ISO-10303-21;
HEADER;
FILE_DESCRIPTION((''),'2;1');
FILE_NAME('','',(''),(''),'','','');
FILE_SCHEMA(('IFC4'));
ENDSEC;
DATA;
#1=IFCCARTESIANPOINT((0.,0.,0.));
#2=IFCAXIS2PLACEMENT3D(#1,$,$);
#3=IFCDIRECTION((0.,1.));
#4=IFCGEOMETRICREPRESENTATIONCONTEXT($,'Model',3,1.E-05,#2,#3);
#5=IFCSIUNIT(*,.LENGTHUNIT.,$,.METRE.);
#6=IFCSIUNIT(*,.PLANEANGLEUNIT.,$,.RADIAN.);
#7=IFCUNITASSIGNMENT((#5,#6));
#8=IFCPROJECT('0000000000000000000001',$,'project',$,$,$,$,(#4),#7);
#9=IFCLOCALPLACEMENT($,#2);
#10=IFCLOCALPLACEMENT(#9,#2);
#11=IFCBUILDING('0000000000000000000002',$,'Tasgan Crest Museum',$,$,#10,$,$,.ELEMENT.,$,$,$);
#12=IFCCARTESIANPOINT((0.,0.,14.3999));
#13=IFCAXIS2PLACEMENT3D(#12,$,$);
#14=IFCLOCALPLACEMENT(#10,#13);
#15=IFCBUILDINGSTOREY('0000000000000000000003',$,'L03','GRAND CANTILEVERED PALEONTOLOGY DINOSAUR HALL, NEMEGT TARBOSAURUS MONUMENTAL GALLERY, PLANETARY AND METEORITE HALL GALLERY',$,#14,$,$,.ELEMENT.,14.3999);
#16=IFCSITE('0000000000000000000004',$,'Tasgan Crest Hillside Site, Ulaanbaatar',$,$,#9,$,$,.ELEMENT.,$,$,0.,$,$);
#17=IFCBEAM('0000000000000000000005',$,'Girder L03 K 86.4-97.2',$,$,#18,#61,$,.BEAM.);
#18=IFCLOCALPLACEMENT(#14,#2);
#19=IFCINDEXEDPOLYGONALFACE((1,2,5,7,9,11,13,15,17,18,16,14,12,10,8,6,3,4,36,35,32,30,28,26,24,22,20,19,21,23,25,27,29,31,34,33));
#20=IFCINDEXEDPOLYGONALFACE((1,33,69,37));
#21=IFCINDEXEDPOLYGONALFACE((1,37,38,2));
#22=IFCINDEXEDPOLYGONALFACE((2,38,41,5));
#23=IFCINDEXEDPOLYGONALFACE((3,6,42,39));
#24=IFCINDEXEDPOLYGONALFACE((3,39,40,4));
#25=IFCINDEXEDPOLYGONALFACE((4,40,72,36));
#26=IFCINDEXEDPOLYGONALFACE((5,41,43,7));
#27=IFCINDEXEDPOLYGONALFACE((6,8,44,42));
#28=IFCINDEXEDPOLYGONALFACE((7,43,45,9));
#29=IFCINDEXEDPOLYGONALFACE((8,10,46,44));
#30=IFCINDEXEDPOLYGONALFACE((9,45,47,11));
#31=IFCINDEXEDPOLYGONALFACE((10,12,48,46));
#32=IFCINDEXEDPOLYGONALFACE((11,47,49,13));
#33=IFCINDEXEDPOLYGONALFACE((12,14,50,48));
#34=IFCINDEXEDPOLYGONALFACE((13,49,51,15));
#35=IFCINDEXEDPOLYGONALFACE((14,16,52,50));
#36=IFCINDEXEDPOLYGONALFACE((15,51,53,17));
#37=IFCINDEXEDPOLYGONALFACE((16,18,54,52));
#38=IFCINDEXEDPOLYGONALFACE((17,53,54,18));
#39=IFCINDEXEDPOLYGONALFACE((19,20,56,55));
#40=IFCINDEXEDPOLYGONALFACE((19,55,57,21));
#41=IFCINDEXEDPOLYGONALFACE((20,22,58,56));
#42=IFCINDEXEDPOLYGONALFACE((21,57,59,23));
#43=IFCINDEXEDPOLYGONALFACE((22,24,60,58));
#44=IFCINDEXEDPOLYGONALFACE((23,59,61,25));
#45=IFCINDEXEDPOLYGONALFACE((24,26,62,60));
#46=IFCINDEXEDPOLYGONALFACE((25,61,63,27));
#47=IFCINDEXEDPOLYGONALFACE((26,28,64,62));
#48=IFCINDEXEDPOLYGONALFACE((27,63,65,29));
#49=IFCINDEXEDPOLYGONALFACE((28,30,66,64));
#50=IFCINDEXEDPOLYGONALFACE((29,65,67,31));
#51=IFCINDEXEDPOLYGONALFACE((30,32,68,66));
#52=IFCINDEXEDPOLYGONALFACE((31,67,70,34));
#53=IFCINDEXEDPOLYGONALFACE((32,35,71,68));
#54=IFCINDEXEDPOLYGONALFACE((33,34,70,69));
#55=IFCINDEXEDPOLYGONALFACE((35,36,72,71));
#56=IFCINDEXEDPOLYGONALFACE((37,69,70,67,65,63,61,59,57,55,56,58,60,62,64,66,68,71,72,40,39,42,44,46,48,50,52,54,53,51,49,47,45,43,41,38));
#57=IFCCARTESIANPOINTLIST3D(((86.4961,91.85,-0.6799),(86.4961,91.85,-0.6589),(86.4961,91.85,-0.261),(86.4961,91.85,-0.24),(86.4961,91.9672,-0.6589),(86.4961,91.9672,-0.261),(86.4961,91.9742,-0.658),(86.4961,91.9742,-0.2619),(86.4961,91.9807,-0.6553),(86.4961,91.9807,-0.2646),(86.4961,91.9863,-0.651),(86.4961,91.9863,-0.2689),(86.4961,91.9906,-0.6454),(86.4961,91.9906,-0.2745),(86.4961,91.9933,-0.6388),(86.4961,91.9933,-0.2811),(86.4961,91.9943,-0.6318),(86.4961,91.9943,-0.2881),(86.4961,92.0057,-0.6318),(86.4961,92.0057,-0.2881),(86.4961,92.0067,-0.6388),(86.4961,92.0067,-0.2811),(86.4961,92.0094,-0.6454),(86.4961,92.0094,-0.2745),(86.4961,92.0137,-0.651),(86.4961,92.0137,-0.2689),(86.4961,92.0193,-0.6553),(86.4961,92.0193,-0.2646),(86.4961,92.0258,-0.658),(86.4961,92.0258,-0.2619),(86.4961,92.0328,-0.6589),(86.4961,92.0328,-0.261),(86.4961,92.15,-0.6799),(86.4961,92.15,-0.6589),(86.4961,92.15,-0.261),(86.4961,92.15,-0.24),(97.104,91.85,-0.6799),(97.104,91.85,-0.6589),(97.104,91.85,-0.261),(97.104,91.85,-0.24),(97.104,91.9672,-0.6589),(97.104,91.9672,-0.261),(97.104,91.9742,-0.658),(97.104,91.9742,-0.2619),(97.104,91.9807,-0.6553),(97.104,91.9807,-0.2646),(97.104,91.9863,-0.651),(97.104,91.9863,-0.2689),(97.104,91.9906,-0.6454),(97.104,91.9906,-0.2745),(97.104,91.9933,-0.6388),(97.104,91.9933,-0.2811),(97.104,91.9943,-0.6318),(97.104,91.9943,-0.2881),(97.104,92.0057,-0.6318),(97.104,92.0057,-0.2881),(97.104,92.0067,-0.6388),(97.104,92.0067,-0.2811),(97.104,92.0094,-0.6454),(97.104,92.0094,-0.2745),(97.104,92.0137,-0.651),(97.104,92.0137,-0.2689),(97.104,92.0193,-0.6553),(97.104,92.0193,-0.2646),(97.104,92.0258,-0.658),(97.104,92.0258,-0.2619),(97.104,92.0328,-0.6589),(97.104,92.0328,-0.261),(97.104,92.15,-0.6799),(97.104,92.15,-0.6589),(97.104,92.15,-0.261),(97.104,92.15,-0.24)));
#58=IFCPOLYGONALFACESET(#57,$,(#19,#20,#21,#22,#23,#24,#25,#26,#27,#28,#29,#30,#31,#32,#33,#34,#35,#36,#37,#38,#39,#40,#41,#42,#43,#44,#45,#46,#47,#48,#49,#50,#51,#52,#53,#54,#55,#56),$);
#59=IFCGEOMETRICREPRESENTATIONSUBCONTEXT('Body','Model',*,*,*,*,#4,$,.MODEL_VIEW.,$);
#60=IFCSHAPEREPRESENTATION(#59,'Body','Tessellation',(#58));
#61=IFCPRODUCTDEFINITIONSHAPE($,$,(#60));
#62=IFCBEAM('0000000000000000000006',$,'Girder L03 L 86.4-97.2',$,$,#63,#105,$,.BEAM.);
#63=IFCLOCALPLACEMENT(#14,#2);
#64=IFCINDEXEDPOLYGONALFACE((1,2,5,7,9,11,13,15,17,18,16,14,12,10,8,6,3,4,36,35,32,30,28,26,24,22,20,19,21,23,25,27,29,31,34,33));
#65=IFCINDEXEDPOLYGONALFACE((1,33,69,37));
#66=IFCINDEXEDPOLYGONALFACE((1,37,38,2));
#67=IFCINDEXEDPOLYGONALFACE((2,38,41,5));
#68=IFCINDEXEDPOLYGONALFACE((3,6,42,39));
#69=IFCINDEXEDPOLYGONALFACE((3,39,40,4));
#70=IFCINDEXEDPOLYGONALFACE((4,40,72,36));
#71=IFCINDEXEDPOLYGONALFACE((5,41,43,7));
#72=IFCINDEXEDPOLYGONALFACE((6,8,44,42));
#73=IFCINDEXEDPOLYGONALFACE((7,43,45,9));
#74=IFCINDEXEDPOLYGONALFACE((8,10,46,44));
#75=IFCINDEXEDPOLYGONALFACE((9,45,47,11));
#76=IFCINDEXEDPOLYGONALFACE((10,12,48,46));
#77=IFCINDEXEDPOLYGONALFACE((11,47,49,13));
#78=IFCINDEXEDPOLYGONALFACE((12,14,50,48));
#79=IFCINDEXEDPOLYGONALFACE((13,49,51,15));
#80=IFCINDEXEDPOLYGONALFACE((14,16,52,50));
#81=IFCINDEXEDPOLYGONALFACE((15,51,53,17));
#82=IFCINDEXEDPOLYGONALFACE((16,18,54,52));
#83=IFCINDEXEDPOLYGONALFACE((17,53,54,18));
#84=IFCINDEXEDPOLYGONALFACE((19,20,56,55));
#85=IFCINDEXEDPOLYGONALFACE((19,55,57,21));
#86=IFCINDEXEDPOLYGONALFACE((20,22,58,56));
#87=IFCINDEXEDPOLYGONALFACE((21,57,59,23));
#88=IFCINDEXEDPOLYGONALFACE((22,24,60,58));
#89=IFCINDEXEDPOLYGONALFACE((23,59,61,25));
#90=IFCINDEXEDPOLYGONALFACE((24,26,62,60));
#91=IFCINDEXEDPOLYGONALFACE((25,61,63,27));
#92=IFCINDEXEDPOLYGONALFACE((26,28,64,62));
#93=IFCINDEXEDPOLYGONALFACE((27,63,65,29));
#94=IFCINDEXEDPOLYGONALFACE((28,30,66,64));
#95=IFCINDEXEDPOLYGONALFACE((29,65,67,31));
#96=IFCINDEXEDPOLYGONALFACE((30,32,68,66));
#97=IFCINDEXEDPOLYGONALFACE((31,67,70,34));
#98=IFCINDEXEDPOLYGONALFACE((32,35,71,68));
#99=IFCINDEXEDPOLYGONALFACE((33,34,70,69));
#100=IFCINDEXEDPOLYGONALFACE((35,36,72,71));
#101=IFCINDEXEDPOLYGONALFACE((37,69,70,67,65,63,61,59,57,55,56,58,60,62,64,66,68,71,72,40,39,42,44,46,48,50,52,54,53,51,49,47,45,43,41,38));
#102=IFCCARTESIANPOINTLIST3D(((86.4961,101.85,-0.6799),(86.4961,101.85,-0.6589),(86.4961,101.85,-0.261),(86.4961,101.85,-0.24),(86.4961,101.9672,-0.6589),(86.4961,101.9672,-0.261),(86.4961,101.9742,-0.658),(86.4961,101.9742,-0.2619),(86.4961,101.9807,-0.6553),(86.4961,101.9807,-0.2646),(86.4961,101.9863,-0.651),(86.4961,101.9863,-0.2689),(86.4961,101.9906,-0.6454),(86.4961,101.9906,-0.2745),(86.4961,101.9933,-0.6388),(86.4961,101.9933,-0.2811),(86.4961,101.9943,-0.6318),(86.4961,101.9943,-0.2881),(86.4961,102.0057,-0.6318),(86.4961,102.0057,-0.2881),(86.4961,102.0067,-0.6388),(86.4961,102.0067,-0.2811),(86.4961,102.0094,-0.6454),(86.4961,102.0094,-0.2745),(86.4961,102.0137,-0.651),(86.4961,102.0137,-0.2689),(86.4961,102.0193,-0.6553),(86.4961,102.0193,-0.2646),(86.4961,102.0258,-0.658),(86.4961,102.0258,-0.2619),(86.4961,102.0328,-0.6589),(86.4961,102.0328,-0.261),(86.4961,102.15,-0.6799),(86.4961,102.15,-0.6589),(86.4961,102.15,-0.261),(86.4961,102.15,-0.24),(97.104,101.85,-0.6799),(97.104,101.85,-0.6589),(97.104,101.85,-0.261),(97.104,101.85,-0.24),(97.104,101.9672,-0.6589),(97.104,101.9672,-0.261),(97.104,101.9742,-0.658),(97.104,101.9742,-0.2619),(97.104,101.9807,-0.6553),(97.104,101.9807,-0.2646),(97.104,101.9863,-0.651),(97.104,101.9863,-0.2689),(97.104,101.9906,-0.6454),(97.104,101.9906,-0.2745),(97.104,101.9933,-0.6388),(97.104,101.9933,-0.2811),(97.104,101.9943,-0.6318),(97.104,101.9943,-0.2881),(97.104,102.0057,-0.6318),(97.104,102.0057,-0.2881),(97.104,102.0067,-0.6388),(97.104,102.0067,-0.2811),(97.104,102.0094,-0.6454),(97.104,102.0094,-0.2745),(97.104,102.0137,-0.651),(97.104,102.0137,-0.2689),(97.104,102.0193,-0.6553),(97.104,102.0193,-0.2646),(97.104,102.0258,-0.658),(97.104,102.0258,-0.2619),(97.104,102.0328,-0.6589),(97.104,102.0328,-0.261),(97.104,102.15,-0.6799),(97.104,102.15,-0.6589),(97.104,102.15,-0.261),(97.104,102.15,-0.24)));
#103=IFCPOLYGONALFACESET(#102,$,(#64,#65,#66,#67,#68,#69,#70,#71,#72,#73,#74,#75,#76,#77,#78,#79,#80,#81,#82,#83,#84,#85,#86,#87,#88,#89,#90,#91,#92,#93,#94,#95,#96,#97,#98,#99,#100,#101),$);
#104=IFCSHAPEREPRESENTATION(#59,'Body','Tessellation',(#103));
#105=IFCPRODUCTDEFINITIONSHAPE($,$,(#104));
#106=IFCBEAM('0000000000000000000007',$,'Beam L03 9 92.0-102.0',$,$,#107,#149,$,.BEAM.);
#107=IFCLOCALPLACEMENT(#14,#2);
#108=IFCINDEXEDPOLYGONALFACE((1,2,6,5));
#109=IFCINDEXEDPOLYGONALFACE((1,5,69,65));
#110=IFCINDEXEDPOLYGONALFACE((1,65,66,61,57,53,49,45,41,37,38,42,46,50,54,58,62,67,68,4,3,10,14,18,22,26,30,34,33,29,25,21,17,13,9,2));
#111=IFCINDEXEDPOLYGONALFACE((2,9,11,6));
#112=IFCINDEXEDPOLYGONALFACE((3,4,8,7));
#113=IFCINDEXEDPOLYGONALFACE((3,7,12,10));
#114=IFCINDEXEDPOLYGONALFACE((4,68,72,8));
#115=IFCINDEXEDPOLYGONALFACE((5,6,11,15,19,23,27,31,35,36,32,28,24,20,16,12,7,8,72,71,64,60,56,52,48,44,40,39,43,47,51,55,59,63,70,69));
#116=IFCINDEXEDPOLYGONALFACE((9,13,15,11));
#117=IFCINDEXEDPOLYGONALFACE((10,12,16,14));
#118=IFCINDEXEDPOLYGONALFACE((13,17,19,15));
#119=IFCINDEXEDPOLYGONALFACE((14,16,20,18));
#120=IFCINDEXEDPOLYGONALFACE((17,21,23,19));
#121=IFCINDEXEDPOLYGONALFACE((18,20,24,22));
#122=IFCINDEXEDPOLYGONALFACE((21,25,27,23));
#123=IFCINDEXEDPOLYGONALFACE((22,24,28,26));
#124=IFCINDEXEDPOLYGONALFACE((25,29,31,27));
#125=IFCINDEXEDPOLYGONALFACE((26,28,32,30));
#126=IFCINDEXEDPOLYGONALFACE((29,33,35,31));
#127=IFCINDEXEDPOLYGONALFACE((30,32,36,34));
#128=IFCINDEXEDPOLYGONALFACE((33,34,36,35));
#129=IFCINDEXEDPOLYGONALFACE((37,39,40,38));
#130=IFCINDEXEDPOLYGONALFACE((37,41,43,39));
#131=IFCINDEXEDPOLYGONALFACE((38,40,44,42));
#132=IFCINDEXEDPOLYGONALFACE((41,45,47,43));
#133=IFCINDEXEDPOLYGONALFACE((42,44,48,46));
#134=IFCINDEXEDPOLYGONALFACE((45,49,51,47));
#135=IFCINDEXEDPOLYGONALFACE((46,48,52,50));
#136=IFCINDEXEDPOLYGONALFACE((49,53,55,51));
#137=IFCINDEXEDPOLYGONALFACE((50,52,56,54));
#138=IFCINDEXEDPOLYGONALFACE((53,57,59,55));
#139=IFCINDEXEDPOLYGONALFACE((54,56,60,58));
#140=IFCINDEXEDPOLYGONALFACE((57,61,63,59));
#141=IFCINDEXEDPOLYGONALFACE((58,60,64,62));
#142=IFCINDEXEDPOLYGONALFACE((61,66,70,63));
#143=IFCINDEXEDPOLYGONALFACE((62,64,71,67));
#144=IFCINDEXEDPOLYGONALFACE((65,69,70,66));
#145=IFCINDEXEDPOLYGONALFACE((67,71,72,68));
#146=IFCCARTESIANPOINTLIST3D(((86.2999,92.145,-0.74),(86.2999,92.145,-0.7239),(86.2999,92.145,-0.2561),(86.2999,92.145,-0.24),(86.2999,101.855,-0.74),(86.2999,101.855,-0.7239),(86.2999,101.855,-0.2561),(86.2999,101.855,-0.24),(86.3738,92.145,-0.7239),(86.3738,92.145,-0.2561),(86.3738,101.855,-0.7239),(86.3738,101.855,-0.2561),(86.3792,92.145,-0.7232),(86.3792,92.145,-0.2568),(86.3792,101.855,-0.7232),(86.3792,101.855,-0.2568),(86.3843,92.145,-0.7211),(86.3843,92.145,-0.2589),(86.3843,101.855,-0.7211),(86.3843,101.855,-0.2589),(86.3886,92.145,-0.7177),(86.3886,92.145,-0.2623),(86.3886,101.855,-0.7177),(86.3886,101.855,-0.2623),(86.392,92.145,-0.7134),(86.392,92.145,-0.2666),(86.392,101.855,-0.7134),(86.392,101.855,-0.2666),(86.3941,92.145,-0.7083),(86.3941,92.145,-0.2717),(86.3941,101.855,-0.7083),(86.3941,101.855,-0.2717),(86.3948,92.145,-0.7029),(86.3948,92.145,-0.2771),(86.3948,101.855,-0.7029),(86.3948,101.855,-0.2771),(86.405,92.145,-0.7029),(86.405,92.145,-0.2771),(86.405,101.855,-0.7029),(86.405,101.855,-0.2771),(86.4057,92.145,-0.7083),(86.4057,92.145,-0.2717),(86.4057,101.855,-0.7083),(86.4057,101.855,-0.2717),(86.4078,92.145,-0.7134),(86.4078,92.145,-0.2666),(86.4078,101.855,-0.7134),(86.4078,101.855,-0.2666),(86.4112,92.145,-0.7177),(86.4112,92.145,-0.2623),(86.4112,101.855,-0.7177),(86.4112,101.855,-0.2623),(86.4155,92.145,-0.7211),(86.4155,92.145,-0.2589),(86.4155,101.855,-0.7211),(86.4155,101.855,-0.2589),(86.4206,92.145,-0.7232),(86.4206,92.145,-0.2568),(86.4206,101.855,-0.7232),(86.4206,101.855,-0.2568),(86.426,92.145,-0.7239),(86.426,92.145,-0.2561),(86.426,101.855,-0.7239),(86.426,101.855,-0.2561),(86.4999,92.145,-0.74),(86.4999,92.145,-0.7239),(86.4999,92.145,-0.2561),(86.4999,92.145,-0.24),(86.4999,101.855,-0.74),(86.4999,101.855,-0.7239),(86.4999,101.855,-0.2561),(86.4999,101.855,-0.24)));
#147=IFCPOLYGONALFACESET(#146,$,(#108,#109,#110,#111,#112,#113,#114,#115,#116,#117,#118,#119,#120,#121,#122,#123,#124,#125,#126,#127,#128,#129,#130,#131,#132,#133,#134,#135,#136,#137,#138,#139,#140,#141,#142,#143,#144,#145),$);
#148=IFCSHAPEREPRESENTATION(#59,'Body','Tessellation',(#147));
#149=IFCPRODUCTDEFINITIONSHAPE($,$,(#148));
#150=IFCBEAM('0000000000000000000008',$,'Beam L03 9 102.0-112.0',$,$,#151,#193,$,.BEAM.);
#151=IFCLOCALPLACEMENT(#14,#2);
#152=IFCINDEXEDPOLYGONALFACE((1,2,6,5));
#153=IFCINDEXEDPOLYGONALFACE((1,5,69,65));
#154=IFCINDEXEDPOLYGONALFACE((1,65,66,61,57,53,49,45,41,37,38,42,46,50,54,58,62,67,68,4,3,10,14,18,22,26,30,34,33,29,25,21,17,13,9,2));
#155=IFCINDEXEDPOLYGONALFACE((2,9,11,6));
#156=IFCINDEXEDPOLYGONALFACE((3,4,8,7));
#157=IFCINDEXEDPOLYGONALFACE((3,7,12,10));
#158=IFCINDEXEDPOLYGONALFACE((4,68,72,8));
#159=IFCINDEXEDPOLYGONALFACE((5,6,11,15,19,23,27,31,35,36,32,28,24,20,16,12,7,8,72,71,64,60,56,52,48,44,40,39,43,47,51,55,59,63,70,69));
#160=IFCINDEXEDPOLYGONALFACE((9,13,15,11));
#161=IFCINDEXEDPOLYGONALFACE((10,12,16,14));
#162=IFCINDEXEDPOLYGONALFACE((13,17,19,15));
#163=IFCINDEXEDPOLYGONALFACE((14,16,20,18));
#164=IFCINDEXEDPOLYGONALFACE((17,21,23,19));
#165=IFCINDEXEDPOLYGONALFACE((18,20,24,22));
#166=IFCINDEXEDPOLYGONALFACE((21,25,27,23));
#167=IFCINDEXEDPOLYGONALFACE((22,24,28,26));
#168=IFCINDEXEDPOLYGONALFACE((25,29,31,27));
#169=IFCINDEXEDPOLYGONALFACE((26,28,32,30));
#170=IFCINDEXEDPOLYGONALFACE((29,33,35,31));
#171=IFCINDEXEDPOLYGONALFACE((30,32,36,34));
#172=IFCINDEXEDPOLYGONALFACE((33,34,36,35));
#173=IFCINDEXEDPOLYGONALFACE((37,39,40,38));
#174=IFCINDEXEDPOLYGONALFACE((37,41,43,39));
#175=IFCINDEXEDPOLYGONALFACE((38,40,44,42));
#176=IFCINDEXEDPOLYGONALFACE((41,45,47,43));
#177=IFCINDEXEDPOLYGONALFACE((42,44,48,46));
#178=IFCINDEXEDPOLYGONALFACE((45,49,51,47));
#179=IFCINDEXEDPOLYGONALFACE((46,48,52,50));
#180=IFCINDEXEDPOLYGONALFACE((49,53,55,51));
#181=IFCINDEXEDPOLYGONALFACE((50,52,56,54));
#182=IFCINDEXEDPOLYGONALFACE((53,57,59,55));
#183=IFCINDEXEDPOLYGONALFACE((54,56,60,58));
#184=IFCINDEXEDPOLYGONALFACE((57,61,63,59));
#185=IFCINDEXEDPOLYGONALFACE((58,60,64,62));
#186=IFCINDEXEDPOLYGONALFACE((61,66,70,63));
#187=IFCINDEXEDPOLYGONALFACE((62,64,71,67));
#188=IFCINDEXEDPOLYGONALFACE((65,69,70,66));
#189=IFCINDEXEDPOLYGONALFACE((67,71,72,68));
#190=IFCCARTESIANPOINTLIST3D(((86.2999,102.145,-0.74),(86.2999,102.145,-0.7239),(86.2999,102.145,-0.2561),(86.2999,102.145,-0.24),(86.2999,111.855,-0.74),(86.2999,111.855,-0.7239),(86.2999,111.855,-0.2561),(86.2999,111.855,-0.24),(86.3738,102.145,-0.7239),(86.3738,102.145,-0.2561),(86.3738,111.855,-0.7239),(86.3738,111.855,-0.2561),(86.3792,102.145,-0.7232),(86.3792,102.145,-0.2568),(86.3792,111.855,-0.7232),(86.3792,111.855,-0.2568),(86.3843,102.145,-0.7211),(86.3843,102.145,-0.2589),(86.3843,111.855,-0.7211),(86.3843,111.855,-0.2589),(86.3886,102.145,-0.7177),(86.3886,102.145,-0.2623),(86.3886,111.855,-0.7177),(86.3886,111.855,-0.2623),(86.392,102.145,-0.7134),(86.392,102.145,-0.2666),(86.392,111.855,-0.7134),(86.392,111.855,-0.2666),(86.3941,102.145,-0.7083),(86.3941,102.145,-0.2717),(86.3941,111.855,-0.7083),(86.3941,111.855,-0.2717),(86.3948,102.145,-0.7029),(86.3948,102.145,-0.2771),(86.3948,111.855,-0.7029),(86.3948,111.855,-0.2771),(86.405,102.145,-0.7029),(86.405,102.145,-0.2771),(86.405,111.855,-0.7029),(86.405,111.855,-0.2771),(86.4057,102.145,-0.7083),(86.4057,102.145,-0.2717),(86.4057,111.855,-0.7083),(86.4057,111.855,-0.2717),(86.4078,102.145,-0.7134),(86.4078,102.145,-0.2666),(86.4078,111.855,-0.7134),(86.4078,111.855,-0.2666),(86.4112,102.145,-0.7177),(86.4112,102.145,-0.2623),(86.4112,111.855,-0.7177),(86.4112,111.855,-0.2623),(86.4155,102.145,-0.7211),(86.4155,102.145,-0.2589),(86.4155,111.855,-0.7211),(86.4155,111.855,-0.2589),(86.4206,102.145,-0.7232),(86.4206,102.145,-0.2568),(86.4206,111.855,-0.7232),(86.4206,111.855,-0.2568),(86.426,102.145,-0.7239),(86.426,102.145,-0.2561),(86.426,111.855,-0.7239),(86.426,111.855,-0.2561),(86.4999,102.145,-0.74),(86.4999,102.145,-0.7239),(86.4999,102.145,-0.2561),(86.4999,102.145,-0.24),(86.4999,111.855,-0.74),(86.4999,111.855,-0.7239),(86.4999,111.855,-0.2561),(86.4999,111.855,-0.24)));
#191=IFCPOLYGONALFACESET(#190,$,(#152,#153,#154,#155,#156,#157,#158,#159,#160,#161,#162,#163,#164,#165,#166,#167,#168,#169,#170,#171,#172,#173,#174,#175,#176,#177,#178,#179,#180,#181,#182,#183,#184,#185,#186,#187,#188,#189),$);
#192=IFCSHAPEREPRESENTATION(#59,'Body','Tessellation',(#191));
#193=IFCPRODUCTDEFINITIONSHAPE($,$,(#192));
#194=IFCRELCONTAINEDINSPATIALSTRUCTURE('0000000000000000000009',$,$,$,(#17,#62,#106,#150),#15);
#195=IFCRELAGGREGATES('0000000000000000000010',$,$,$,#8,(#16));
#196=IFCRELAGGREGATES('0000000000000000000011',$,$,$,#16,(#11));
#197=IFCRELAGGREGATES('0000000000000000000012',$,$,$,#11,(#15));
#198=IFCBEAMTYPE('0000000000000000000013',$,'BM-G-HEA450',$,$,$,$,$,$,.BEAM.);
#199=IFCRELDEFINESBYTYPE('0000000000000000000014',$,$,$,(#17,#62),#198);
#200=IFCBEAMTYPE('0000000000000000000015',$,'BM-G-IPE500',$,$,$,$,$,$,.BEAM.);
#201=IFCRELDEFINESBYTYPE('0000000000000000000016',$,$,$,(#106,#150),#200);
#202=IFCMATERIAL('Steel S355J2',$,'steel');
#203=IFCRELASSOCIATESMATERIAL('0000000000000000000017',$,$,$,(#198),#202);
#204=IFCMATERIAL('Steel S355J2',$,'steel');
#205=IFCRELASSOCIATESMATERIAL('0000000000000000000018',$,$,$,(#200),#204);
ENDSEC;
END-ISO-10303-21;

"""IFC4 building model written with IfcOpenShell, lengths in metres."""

from ifc_helpers import new_model, si_unit, direction, frame, origin, origin_2d, place, context, subcontext, project, spatial, i_section, extrude, material, material_profile, profile_set, type_object, element, save


model = new_model("IFC4")

# Units and contexts
model_context = context("Model", 3, precision=1e-05, world=origin(), true_north=direction((0.0, 1.0)))
body_context = subcontext(model_context, "Body", "Model", "MODEL_VIEW")
ifc_project = project(units=[si_unit("LENGTHUNIT", "METRE"), si_unit("PLANEANGLEUNIT", "RADIAN")], contexts=[model_context])

# Site, building, storey
site_placement = place(None, origin())
site = spatial("IfcSite", under=ifc_project, at=site_placement, Name="Tasgan Crest Hillside Site, Ulaanbaatar", CompositionType="ELEMENT", RefElevation=0.0)
building_placement = place(site_placement, origin())
building = spatial("IfcBuilding", under=site, at=building_placement, Name="Tasgan Crest Museum", CompositionType="ELEMENT")
storey_placement = place(building_placement, frame((0.0, 0.0, 14.3999)))
storey = spatial("IfcBuildingStorey", under=building, at=storey_placement, Name="L03", Description="GRAND CANTILEVERED PALEONTOLOGY DINOSAUR HALL, NEMEGT TARBOSAURUS MONUMENTAL GALLERY, PLANETARY AND METEORITE HALL GALLERY", CompositionType="ELEMENT", Elevation=14.3999)

# Beams
ifc_material_1 = material(Name="Steel S355J2", Category="steel")
ifc_material_profile_1 = material_profile(ifc_material_1, i_section(OverallWidth=0.3, OverallDepth=0.4399, WebThickness=0.0115, FlangeThickness=0.021, FilletRadius=0.0271, at=origin_2d()), Name="HEA 450")
ifc_profile_set_1 = profile_set([ifc_material_profile_1], Name="Steel S355J2")
beam_type_1 = type_object("IfcBeamType", Name="BM-G-HEA450", PredefinedType="BEAM", material=ifc_profile_set_1)
for number, where, z_axis, x_axis, name in (
    (1, (86.4961, 92.0, -0.46), (1.0, 0.0, 0.0), (0.0, 1.0, 0.0), "Girder L03 K 86.4-97.2"),
    (2, (86.4961, 102.0, -0.46), (1.0, 0.0, 0.0), (0.0, 1.0, 0.0), "Girder L03 L 86.4-97.2"),
):
    element("IfcBeam", number, at=place(storey_placement, frame(where, z_axis=z_axis, x_axis=x_axis)), inside=storey, type_object=beam_type_1, Name=name, PredefinedType="BEAM", context=body_context, shape_type="SweptSolid", body=[
        extrude(i_section(OverallWidth=0.3, OverallDepth=0.4399, WebThickness=0.0115, FlangeThickness=0.021, FilletRadius=0.0271, at=origin_2d()), origin(), (0.0, 0.0, 1.0), 10.6079),
    ])
ifc_material_2 = material(Name="Steel S355J2", Category="steel")
ifc_material_profile_2 = material_profile(ifc_material_2, i_section(OverallWidth=0.2, OverallDepth=0.5, WebThickness=0.0103, FlangeThickness=0.0161, FilletRadius=0.021, at=origin_2d()), Name="IPE 500")
ifc_profile_set_2 = profile_set([ifc_material_profile_2], Name="Steel S355J2")
beam_type_2 = type_object("IfcBeamType", Name="BM-G-IPE500", PredefinedType="BEAM", material=ifc_profile_set_2)
for number, where, z_axis, x_axis, name in (
    (3, (86.3999, 92.145, -0.49), (0.0, 1.0, 0.0), (-1.0, 0.0, 0.0), "Beam L03 9 92.0-102.0"),
    (4, (86.3999, 102.145, -0.49), (0.0, 1.0, 0.0), (-1.0, 0.0, 0.0), "Beam L03 9 102.0-112.0"),
):
    element("IfcBeam", number, at=place(storey_placement, frame(where, z_axis=z_axis, x_axis=x_axis)), inside=storey, type_object=beam_type_2, Name=name, PredefinedType="BEAM", context=body_context, shape_type="SweptSolid", body=[
        extrude(i_section(OverallWidth=0.2, OverallDepth=0.5, WebThickness=0.0103, FlangeThickness=0.0161, FilletRadius=0.021, at=origin_2d()), origin(), (0.0, 0.0, 1.0), 9.71),
    ])

save(model, "model.ifc")
